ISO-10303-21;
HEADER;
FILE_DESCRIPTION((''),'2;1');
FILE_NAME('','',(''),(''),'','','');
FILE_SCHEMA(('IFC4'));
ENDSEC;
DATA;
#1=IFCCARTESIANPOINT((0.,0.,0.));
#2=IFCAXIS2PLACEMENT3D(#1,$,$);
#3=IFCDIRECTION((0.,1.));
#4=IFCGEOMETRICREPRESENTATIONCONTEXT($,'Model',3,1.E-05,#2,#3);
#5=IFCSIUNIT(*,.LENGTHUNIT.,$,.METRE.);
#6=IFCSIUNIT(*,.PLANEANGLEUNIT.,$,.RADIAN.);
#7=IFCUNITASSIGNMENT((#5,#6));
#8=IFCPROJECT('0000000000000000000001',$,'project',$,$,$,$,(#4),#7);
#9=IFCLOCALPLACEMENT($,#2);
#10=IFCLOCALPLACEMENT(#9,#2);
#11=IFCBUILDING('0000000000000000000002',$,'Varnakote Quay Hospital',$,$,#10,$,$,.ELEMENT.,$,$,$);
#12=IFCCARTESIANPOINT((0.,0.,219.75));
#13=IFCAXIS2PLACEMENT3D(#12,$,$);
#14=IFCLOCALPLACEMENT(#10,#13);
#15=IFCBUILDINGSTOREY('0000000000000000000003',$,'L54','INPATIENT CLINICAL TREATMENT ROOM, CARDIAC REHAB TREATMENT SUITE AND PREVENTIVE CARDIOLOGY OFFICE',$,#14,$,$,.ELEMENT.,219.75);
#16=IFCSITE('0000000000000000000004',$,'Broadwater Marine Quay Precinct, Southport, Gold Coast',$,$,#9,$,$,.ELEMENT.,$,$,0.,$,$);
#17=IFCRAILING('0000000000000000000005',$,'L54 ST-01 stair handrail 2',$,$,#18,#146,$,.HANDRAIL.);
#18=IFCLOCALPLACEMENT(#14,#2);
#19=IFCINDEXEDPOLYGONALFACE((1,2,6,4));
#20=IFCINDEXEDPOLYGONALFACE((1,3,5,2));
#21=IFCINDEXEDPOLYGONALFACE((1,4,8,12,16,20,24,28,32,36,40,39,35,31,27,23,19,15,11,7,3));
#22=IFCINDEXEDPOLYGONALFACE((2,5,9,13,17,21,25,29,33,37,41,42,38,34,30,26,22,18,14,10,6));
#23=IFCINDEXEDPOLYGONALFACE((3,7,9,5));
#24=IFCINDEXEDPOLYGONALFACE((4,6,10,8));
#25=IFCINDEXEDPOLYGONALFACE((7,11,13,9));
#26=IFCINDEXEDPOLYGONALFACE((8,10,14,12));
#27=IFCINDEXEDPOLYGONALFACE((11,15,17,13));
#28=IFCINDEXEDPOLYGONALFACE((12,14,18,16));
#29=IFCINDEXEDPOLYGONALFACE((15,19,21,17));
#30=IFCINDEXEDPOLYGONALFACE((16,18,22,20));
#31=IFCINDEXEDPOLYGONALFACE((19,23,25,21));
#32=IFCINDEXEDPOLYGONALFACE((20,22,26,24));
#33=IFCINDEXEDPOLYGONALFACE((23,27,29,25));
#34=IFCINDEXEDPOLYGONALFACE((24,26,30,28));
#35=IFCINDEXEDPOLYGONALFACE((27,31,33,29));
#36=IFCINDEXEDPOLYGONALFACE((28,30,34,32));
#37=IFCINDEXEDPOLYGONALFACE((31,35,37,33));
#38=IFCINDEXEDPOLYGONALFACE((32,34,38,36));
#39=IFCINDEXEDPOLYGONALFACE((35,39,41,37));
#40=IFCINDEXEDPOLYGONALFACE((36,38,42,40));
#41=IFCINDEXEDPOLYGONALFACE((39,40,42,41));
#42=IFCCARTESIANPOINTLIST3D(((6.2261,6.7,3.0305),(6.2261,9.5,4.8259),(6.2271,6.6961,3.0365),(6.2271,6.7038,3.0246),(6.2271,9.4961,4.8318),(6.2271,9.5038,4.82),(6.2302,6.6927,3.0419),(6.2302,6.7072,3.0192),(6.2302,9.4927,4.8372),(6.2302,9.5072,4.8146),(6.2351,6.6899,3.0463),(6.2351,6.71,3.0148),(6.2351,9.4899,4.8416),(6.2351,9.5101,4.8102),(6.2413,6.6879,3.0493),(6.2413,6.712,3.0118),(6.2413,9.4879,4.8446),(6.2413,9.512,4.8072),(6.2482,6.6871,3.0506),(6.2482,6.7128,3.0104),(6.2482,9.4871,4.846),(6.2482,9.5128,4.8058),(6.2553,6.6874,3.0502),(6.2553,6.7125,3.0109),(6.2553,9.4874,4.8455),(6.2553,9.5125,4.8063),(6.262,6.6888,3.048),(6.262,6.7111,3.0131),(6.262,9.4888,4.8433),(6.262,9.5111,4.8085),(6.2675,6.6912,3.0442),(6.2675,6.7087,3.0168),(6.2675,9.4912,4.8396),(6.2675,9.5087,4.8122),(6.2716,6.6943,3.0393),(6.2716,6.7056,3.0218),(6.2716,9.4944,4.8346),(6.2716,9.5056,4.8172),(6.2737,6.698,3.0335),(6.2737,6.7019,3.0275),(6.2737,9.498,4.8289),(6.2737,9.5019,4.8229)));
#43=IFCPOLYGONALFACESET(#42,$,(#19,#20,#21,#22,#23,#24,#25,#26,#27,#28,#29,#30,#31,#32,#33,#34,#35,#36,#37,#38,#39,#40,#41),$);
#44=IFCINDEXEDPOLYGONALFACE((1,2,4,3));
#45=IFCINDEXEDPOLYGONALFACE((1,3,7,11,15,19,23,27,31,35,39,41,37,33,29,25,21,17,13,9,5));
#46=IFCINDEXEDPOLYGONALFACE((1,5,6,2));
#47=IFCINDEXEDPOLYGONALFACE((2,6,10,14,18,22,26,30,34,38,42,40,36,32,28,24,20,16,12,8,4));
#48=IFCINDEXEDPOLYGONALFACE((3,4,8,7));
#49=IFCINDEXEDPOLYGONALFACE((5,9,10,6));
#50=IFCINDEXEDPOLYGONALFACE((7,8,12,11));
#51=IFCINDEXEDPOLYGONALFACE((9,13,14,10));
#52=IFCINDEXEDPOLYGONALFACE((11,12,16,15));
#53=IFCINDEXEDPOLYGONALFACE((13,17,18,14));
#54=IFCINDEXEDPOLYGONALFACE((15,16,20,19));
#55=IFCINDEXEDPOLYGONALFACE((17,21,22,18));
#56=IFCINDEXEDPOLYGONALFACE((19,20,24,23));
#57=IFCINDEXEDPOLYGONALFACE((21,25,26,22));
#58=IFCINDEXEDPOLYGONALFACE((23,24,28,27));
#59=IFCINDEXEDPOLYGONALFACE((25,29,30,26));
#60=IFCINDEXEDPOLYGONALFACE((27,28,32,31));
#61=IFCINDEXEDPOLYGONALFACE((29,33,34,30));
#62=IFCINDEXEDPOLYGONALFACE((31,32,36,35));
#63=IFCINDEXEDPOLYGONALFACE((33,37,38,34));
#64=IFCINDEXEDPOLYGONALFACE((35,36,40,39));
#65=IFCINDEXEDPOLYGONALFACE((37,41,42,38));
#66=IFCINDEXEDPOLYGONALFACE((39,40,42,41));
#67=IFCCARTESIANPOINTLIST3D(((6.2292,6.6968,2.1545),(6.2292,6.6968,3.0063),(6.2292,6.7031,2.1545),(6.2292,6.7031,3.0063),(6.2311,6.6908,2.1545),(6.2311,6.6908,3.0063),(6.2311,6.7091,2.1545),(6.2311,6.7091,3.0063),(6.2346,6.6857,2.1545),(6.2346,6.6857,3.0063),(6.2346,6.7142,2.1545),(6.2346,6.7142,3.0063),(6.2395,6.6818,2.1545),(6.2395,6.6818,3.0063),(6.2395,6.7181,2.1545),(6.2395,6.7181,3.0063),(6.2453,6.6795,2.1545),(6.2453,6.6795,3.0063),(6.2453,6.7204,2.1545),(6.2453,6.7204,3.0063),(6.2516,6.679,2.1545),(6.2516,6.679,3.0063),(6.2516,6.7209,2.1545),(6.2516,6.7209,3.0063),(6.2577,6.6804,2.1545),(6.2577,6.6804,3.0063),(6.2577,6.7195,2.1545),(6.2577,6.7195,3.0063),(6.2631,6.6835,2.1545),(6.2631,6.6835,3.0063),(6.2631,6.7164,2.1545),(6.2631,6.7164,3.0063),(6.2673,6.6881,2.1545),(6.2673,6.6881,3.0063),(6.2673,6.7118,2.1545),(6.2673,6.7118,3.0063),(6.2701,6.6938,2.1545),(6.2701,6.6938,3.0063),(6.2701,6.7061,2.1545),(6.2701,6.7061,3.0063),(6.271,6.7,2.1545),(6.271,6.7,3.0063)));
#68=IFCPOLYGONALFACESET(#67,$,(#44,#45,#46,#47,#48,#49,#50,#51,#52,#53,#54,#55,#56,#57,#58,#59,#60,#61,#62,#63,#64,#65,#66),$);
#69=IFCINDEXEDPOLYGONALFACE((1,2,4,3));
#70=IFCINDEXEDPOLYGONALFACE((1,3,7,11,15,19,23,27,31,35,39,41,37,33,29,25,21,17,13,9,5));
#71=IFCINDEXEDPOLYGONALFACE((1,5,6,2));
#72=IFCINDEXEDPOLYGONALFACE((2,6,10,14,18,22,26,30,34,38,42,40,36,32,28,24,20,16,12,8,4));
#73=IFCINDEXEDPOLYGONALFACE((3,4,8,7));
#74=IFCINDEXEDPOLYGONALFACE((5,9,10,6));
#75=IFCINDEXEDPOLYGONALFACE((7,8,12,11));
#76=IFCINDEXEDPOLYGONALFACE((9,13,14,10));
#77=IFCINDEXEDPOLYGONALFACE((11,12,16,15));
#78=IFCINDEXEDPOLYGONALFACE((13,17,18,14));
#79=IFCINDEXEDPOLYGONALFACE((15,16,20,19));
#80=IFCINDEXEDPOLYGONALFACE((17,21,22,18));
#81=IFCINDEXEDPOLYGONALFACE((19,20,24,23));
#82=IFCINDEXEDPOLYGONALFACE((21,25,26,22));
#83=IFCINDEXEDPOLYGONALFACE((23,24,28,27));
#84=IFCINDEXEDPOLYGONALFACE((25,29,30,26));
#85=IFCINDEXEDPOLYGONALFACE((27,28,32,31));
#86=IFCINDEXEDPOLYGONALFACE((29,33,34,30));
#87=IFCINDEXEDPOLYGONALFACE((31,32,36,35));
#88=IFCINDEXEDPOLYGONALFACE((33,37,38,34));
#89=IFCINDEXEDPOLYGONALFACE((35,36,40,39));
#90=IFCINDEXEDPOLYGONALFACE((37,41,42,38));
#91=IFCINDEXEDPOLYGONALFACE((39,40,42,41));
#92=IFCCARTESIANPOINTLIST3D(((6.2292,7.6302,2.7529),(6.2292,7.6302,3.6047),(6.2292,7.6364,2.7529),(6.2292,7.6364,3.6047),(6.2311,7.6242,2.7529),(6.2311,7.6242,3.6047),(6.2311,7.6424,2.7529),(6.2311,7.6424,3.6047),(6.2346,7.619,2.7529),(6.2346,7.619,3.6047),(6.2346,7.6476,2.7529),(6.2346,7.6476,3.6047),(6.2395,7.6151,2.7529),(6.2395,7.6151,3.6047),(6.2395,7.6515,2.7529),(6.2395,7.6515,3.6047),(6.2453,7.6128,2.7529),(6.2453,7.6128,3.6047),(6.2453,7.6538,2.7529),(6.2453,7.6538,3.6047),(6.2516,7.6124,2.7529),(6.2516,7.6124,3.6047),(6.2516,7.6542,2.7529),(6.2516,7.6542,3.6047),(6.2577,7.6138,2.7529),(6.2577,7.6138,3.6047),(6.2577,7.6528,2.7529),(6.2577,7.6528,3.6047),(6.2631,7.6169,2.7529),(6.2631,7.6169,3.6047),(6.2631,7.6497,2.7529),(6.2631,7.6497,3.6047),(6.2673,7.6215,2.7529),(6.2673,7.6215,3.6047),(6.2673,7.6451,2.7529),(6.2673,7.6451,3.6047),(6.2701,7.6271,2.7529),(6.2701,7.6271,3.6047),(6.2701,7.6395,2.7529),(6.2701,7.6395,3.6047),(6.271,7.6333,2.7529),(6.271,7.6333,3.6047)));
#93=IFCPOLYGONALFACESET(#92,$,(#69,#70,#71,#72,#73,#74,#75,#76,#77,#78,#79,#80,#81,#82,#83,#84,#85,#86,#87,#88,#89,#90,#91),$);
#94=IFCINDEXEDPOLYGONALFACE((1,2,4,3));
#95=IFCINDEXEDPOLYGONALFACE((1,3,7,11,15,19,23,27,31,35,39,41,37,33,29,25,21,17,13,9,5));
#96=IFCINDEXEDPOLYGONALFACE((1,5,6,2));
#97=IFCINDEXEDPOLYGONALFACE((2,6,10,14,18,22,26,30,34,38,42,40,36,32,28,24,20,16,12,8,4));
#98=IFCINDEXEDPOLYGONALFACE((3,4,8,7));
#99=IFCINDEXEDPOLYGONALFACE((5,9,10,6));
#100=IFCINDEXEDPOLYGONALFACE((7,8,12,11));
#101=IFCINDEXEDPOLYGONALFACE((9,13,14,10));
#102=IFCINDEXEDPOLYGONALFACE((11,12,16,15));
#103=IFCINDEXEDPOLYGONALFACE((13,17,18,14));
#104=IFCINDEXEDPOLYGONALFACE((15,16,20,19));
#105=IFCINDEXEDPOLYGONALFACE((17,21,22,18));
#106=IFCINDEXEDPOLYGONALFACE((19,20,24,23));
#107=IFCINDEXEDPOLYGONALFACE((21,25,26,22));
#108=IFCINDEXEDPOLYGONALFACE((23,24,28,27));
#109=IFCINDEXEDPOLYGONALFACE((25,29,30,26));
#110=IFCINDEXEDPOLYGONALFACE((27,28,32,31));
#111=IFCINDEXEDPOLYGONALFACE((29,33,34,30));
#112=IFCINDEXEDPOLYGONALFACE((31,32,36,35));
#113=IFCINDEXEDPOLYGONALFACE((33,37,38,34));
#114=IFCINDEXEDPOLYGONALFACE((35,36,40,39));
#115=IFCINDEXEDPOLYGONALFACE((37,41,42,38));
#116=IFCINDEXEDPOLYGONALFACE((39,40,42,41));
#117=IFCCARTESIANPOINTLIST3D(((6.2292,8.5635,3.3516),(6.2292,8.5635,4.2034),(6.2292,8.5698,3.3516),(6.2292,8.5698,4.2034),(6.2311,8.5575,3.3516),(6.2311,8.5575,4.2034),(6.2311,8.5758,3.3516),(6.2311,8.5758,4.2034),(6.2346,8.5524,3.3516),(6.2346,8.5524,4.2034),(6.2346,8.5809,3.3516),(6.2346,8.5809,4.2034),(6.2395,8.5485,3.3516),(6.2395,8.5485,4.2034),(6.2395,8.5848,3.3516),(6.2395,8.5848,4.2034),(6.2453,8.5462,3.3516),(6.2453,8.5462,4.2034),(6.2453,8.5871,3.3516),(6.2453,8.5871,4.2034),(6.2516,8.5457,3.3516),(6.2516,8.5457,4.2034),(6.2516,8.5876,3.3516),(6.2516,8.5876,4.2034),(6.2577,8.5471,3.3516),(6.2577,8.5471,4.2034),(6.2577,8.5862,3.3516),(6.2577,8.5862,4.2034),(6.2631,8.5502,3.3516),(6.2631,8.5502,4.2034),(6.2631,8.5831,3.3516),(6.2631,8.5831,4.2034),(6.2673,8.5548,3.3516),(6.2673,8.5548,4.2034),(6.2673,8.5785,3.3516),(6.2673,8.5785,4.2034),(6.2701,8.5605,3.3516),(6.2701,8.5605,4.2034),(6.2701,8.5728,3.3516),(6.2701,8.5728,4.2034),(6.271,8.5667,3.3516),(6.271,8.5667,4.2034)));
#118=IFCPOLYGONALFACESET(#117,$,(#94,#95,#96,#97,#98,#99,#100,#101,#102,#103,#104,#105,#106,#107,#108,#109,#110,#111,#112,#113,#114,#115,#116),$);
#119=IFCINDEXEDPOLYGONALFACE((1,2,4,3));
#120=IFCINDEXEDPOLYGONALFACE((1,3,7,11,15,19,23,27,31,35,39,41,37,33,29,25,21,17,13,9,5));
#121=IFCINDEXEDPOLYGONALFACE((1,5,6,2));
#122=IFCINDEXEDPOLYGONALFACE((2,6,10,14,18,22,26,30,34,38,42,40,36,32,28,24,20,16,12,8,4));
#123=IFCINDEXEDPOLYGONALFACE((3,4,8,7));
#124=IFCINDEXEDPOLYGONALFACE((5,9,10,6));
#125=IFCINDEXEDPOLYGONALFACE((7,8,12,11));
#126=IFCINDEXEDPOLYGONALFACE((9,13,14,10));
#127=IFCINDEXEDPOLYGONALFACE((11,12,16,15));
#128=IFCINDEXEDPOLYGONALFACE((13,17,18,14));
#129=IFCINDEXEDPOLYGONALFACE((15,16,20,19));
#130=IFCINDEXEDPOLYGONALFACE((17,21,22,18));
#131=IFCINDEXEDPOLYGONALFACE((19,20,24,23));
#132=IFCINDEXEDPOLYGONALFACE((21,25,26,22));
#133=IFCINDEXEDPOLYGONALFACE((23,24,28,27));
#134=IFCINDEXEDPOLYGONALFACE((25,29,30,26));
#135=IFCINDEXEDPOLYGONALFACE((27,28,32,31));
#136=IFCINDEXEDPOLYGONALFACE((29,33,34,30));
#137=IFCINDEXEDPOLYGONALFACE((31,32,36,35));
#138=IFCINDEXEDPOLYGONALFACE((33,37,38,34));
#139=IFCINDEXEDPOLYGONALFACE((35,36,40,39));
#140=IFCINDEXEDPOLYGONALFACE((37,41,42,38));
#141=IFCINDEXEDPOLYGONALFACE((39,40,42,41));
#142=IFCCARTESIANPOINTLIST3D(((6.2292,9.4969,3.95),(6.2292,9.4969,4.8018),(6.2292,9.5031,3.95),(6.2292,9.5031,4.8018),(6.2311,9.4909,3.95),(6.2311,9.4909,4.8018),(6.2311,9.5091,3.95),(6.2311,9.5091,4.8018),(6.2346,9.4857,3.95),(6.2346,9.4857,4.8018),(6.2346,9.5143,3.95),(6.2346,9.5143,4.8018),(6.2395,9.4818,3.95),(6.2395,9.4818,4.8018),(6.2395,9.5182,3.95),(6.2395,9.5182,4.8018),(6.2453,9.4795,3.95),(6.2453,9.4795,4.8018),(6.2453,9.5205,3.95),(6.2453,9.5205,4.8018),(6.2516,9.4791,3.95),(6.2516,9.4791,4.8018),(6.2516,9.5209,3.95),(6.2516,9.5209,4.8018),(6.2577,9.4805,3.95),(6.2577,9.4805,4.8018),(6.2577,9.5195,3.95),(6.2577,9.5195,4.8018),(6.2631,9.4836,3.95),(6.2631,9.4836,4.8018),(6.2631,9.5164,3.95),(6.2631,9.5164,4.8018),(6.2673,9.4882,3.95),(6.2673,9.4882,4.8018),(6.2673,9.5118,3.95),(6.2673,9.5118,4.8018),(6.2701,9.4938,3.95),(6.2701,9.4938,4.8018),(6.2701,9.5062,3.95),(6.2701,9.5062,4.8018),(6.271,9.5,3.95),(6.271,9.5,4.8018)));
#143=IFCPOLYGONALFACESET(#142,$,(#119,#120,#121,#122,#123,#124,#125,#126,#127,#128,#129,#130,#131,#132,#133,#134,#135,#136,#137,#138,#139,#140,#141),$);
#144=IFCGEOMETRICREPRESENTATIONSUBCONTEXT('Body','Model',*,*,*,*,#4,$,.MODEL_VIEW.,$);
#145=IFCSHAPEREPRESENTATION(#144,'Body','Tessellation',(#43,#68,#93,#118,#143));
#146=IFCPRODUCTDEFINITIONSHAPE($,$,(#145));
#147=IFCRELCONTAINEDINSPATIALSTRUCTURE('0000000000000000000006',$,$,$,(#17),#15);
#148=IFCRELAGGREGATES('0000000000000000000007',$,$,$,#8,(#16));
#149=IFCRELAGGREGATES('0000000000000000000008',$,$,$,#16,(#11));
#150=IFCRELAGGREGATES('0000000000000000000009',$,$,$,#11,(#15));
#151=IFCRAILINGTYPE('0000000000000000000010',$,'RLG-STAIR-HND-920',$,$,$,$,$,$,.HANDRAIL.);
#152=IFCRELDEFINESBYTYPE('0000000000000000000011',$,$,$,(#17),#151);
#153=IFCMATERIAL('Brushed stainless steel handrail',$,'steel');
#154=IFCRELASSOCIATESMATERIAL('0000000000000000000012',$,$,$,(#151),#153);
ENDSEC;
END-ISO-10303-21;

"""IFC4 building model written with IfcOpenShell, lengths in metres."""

from ifc_helpers import new_model, si_unit, direction, frame, origin, origin_2d, place, context, subcontext, project, spatial, circle, extrude, material, type_object, element, save


model = new_model("IFC4")

# Units and contexts
model_context = context("Model", 3, precision=1e-05, world=origin(), true_north=direction((0.0, 1.0)))
body_context = subcontext(model_context, "Body", "Model", "MODEL_VIEW")
ifc_project = project(units=[si_unit("LENGTHUNIT", "METRE"), si_unit("PLANEANGLEUNIT", "RADIAN")], contexts=[model_context])

# Site, building, storey
site_placement = place(None, origin())
site = spatial("IfcSite", under=ifc_project, at=site_placement, Name="Broadwater Marine Quay Precinct, Southport, Gold Coast", CompositionType="ELEMENT", RefElevation=0.0)
building_placement = place(site_placement, origin())
building = spatial("IfcBuilding", under=site, at=building_placement, Name="Varnakote Quay Hospital", CompositionType="ELEMENT")
storey_placement = place(building_placement, frame((0.0, 0.0, 219.75)))
storey = spatial("IfcBuildingStorey", under=building, at=storey_placement, Name="L54", Description="INPATIENT CLINICAL TREATMENT ROOM, CARDIAC REHAB TREATMENT SUITE AND PREVENTIVE CARDIOLOGY OFFICE", CompositionType="ELEMENT", Elevation=219.75)

# Railing
ifc_material_1 = material(Name="Brushed stainless steel handrail", Category="steel")
railing_type_1 = type_object("IfcRailingType", Name="RLG-STAIR-HND-920", PredefinedType="HANDRAIL", material=ifc_material_1)
railing_1_placement = place(storey_placement, frame((6.25, 6.7, 2.1545)))
element("IfcRailing", 1, at=railing_1_placement, inside=storey, type_object=railing_type_1, Name="L54 ST-01 stair handrail 2", PredefinedType="HANDRAIL", context=body_context, shape_type="SweptSolid", body=[
    extrude(circle(Radius=0.0239, at=origin_2d()), frame((0.0, 0.0, 0.876), z_axis=(0.0, 0.84181, 0.539774), x_axis=(-1.0, 0.0, 0.0)), (0.0, 0.0, 1.0), 3.3262),
    extrude(circle(Radius=0.021, at=origin_2d()), origin(), (0.0, 0.0, 1.0), 0.8518),
    extrude(circle(Radius=0.021, at=origin_2d()), frame((0.0, 0.9333, 0.5984)), (0.0, 0.0, 1.0), 0.8518),
    extrude(circle(Radius=0.021, at=origin_2d()), frame((0.0, 1.8667, 1.197)), (0.0, 0.0, 1.0), 0.8518),
    extrude(circle(Radius=0.021, at=origin_2d()), frame((0.0, 2.8, 1.7954)), (0.0, 0.0, 1.0), 0.8518),
])

save(model, "model.ifc")
